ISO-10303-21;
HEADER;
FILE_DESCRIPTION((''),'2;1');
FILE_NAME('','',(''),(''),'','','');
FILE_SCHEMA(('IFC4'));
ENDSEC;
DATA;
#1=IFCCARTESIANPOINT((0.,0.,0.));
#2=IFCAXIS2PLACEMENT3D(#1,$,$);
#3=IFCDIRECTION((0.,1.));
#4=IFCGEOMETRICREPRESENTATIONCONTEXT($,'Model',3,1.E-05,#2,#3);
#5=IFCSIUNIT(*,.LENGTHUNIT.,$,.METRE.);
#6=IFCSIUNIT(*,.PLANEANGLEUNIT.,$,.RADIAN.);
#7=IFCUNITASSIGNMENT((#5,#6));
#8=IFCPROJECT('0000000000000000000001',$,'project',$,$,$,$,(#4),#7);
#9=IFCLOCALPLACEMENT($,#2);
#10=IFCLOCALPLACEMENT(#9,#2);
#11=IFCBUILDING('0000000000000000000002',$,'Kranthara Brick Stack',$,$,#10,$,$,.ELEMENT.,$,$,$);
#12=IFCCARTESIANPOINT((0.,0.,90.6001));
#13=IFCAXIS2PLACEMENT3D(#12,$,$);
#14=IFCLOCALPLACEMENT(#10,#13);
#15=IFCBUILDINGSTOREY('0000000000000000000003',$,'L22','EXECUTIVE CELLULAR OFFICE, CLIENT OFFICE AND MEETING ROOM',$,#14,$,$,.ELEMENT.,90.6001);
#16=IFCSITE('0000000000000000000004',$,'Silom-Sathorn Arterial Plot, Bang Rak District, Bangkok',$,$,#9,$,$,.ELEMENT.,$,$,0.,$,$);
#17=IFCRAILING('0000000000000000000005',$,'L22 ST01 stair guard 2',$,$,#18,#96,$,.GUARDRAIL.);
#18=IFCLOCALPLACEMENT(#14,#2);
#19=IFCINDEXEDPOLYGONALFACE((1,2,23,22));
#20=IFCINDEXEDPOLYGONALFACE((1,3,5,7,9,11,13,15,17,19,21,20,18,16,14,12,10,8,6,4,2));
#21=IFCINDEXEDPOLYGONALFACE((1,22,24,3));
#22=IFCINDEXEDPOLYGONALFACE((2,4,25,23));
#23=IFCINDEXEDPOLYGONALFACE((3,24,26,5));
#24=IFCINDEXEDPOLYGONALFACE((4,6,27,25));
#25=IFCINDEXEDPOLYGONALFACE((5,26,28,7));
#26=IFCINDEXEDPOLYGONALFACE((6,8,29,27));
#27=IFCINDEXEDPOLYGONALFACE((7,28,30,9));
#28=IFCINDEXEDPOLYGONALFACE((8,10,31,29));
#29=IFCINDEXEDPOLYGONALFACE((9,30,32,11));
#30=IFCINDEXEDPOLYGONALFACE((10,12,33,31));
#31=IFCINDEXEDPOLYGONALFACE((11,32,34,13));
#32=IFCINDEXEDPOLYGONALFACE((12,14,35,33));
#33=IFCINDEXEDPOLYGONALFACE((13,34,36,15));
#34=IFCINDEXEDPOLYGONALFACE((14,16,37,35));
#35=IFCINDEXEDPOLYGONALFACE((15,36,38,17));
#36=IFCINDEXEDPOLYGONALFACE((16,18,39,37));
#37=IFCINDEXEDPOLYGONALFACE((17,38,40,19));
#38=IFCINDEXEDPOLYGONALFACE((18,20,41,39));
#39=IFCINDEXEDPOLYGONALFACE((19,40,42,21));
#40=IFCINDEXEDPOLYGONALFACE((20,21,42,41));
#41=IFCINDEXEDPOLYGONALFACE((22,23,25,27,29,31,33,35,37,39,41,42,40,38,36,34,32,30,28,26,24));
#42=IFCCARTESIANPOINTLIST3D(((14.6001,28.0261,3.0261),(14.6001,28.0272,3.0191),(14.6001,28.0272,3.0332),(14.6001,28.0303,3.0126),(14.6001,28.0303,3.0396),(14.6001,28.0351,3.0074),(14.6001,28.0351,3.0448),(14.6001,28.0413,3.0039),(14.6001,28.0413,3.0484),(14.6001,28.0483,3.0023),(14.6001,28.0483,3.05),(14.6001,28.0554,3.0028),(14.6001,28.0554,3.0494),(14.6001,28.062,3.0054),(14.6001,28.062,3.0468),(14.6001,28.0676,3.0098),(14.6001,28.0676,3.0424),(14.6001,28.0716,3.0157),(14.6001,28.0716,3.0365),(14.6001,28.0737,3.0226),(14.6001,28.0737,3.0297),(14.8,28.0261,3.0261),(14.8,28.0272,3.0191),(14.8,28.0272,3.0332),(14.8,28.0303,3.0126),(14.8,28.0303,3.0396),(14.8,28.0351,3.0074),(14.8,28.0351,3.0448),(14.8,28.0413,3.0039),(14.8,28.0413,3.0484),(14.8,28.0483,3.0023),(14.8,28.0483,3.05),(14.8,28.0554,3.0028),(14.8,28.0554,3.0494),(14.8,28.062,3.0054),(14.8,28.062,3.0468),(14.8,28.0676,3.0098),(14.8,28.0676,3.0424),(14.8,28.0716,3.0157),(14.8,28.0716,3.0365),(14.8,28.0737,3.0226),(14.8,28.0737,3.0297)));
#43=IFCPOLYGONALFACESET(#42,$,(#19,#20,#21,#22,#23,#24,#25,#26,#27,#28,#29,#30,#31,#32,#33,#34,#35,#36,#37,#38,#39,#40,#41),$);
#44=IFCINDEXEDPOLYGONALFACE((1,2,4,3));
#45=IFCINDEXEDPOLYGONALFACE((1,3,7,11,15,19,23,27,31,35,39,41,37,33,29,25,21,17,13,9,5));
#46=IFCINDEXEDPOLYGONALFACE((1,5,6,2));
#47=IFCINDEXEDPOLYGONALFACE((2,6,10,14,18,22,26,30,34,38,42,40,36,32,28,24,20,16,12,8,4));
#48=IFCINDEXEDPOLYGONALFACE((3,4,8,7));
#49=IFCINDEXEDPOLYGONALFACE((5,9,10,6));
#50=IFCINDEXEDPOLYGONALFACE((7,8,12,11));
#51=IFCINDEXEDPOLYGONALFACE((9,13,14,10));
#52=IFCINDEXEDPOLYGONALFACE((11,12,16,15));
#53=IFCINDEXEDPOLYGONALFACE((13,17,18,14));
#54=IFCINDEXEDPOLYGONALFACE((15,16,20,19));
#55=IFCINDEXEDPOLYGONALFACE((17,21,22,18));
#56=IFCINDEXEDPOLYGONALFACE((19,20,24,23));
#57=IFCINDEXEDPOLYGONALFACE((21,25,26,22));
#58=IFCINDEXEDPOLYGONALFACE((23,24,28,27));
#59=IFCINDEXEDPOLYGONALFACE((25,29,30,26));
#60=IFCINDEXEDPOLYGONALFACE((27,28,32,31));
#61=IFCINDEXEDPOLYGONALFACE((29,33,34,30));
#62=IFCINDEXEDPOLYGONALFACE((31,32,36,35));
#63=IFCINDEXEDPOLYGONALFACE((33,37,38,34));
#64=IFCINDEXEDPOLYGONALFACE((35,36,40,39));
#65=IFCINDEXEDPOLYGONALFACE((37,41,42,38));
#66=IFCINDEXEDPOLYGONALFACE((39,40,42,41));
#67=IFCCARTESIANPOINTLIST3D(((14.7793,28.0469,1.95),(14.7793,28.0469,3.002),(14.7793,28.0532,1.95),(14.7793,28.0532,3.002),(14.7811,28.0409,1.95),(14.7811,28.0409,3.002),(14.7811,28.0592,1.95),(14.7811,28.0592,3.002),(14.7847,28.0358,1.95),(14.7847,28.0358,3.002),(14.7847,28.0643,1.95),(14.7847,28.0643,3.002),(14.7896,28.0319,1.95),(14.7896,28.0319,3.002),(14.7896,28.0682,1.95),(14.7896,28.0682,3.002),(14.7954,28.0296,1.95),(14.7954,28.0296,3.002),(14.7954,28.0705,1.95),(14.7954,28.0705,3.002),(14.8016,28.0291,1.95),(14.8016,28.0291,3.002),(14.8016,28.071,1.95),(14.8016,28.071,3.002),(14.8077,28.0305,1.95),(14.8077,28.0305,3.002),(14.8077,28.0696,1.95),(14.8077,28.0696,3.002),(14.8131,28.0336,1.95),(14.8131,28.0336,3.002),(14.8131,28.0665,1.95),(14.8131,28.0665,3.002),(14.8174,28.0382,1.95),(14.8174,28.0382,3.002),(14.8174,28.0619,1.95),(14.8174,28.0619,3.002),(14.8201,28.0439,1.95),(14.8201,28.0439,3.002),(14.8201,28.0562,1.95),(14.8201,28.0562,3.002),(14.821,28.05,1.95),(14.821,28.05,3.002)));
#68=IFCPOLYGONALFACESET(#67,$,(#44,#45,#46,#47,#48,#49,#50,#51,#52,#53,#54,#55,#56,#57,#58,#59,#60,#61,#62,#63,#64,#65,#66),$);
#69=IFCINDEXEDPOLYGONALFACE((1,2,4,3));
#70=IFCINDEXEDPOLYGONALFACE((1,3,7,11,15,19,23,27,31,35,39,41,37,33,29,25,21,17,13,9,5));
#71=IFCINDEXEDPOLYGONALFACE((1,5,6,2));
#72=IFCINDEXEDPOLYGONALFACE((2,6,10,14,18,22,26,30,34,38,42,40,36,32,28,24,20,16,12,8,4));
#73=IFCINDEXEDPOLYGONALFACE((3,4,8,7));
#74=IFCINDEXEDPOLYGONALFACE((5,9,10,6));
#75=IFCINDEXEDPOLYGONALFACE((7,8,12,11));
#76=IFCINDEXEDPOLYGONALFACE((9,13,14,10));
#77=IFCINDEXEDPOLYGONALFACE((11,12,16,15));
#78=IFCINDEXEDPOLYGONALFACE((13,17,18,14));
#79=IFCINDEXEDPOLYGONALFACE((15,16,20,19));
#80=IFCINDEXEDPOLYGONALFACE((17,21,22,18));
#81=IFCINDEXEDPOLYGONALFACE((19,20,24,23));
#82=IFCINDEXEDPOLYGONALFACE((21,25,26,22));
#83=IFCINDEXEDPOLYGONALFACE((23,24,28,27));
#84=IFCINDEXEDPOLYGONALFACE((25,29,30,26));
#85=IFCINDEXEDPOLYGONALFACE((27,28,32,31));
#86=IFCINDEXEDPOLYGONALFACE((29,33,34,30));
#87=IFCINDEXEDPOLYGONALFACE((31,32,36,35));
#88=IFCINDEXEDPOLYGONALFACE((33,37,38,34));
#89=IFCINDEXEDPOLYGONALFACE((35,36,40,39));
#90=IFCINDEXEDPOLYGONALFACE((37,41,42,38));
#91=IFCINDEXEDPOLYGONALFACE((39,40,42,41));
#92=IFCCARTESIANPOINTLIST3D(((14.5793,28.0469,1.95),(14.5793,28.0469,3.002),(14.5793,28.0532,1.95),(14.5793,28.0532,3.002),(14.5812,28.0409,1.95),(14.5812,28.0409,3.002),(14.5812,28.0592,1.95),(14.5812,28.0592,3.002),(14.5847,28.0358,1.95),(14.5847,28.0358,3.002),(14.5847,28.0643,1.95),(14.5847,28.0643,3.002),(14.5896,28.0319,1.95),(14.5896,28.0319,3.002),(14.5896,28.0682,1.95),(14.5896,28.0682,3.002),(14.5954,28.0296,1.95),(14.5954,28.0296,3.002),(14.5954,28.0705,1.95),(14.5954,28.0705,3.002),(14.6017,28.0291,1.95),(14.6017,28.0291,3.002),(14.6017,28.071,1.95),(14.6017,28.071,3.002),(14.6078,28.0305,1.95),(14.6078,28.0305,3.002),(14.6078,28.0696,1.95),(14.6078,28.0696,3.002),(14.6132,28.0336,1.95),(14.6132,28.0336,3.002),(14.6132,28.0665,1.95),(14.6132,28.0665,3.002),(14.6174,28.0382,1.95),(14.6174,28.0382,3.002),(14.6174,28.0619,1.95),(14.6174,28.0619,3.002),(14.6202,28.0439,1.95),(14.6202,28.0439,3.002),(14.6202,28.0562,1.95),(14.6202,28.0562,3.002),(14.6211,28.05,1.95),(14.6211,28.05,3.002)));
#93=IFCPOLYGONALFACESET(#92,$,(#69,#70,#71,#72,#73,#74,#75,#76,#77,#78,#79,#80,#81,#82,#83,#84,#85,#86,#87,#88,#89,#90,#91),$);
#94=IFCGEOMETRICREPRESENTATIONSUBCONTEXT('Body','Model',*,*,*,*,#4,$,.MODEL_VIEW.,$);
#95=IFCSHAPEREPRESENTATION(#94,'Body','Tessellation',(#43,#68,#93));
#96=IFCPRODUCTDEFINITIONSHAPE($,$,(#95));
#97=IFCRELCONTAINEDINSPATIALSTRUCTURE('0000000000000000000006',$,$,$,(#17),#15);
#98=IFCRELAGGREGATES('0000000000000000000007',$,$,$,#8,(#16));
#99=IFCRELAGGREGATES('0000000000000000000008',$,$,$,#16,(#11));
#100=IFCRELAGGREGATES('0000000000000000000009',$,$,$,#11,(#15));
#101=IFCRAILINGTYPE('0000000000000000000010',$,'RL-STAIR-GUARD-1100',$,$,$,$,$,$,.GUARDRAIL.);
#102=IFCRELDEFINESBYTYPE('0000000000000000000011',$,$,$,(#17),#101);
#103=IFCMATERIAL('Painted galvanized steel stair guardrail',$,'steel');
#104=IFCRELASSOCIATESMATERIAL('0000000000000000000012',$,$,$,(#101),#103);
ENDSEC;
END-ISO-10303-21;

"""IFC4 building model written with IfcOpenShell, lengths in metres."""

from ifc_helpers import new_model, si_unit, direction, frame, origin, origin_2d, place, context, subcontext, project, spatial, circle, extrude, material, type_object, element, save


model = new_model("IFC4")

# Units and contexts
model_context = context("Model", 3, precision=1e-05, world=origin(), true_north=direction((0.0, 1.0)))
body_context = subcontext(model_context, "Body", "Model", "MODEL_VIEW")
ifc_project = project(units=[si_unit("LENGTHUNIT", "METRE"), si_unit("PLANEANGLEUNIT", "RADIAN")], contexts=[model_context])

# Site, building, storey
site_placement = place(None, origin())
site = spatial("IfcSite", under=ifc_project, at=site_placement, Name="Silom-Sathorn Arterial Plot, Bang Rak District, Bangkok", CompositionType="ELEMENT", RefElevation=0.0)
building_placement = place(site_placement, origin())
building = spatial("IfcBuilding", under=site, at=building_placement, Name="Kranthara Brick Stack", CompositionType="ELEMENT")
storey_placement = place(building_placement, frame((0.0, 0.0, 90.6001)))
storey = spatial("IfcBuildingStorey", under=building, at=storey_placement, Name="L22", Description="EXECUTIVE CELLULAR OFFICE, CLIENT OFFICE AND MEETING ROOM", CompositionType="ELEMENT", Elevation=90.6001)

# Railing
ifc_material_1 = material(Name="Painted galvanized steel stair guardrail", Category="steel")
railing_type_1 = type_object("IfcRailingType", Name="RL-STAIR-GUARD-1100", PredefinedType="GUARDRAIL", material=ifc_material_1)
railing_1_placement = place(storey_placement, frame((14.8, 28.05, 1.95)))
element("IfcRailing", 1, at=railing_1_placement, inside=storey, type_object=railing_type_1, Name="L22 ST01 stair guard 2", PredefinedType="GUARDRAIL", context=body_context, shape_type="SweptSolid", body=[
    extrude(circle(Radius=0.0239, at=origin_2d()), frame((0.0, 0.0, 1.0762), z_axis=(-1.0, 0.0, 0.0), x_axis=(0.0, -1.0, 0.0)), (0.0, 0.0, 1.0), 0.2),
    extrude(circle(Radius=0.021, at=origin_2d()), origin(), (0.0, 0.0, 1.0), 1.052),
    extrude(circle(Radius=0.021, at=origin_2d()), frame((-0.2, 0.0, 0.0)), (0.0, 0.0, 1.0), 1.052),
])

save(model, "model.ifc")
